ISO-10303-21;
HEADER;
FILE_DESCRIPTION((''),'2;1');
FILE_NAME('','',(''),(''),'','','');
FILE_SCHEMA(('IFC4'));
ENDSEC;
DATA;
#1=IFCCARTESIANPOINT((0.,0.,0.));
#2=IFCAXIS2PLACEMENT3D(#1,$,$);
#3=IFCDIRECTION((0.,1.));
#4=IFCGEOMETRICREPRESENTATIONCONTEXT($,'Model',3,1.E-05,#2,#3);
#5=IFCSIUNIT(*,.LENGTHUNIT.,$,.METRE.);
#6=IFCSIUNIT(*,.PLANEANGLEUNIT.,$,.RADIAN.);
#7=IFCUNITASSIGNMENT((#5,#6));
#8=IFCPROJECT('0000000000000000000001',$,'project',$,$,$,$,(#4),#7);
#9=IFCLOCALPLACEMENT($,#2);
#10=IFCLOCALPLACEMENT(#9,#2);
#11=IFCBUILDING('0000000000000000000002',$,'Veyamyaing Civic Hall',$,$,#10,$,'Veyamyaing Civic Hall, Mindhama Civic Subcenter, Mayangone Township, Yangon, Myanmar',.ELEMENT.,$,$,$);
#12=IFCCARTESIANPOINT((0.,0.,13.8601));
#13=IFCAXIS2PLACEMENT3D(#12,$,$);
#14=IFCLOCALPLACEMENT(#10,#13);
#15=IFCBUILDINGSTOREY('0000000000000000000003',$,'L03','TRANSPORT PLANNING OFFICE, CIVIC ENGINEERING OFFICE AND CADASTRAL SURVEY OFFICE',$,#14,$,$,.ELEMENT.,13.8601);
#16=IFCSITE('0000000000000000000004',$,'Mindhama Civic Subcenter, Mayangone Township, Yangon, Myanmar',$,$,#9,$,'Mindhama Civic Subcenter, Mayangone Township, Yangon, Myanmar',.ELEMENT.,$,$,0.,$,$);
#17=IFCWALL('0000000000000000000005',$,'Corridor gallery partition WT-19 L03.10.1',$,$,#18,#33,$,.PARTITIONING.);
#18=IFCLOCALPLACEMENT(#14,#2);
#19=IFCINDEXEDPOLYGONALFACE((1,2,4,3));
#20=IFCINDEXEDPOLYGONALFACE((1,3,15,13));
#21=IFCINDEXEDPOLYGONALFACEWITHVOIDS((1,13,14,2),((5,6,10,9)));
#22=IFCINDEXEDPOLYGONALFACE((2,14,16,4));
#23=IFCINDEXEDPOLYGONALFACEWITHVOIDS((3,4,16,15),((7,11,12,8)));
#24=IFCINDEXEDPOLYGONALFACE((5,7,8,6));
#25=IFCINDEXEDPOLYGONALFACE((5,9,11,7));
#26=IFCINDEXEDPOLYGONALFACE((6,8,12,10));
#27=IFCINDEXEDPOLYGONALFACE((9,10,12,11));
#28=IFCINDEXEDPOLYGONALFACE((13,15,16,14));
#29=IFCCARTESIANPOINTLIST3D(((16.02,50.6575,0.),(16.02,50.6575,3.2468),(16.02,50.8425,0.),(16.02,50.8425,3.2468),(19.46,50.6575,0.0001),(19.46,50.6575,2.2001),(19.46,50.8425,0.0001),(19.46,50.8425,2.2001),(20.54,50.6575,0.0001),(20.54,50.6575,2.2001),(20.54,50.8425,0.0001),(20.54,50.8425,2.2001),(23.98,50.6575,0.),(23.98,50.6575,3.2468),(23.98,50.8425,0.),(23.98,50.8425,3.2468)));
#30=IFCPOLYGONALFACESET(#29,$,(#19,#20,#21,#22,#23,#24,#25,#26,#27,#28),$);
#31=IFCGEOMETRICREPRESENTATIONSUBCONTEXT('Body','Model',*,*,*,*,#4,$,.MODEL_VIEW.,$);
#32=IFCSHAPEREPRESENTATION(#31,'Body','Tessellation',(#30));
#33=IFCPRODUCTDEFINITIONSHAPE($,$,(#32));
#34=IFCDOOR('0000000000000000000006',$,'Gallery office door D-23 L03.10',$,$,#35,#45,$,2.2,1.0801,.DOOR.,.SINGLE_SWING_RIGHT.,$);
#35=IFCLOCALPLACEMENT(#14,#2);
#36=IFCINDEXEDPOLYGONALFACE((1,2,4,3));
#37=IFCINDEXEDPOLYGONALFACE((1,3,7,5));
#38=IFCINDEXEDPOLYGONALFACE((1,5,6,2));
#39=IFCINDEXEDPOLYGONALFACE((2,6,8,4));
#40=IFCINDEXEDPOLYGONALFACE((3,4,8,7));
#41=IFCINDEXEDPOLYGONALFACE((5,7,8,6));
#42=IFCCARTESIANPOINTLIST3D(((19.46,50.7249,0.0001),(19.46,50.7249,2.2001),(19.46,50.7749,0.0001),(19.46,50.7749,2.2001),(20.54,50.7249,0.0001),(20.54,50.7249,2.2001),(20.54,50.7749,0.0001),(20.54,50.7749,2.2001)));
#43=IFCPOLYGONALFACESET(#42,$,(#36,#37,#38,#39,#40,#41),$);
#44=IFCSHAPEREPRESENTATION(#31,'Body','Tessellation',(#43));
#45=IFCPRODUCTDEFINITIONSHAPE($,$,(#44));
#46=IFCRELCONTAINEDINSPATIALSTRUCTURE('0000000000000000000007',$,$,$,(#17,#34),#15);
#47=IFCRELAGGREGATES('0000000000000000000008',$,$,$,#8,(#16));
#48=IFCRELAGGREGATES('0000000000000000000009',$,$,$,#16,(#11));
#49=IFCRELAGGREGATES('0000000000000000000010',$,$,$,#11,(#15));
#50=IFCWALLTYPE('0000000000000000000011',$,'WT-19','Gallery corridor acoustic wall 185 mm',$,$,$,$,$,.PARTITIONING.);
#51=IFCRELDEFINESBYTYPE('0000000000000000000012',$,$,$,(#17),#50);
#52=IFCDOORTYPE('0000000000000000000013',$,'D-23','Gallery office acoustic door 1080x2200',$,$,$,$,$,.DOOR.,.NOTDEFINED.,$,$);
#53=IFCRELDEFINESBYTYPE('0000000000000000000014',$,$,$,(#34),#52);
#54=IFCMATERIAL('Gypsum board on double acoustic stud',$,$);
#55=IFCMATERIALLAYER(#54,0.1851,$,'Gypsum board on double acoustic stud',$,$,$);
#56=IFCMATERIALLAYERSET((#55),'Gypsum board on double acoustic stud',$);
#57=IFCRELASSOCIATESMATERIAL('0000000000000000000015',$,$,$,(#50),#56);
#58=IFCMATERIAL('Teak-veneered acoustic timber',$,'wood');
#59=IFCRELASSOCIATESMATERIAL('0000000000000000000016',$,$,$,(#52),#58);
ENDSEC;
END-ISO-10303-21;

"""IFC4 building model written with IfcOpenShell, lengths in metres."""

from ifc_helpers import new_model, si_unit, direction, frame, frame_2d, origin, place, context, subcontext, project, spatial, rectangle, extrude, material, layer, layer_set, type_object, element, fill, save


model = new_model("IFC4")

# Units and contexts
model_context = context("Model", 3, precision=1e-05, world=origin(), true_north=direction((0.0, 1.0)))
body_context = subcontext(model_context, "Body", "Model", "MODEL_VIEW")
ifc_project = project(units=[si_unit("LENGTHUNIT", "METRE"), si_unit("PLANEANGLEUNIT", "RADIAN")], contexts=[model_context])

# Site, building, storey
site_placement = place(None, origin())
site = spatial("IfcSite", under=ifc_project, at=site_placement, Name="Mindhama Civic Subcenter, Mayangone Township, Yangon, Myanmar", LongName="Mindhama Civic Subcenter, Mayangone Township, Yangon, Myanmar", CompositionType="ELEMENT", RefElevation=0.0)
building_placement = place(site_placement, origin())
building = spatial("IfcBuilding", under=site, at=building_placement, Name="Veyamyaing Civic Hall", LongName="Veyamyaing Civic Hall, Mindhama Civic Subcenter, Mayangone Township, Yangon, Myanmar", CompositionType="ELEMENT")
storey_placement = place(building_placement, frame((0.0, 0.0, 13.8601)))
storey = spatial("IfcBuildingStorey", under=building, at=storey_placement, Name="L03", Description="TRANSPORT PLANNING OFFICE, CIVIC ENGINEERING OFFICE AND CADASTRAL SURVEY OFFICE", CompositionType="ELEMENT", Elevation=13.8601)

# Wall, opening, door
ifc_material_1 = material(Name="Gypsum board on double acoustic stud")
ifc_layer_1 = layer(ifc_material_1, 0.1851, Name="Gypsum board on double acoustic stud")
ifc_layer_set_1 = layer_set([ifc_layer_1], Name="Gypsum board on double acoustic stud")
wall_type_1 = type_object("IfcWallType", Name="WT-19", Description="Gallery corridor acoustic wall 185 mm", PredefinedType="PARTITIONING", material=ifc_layer_set_1)
wall_1_placement = place(storey_placement, frame((16.02, 50.75, 0.0), z_axis=(0.0, 0.0, 1.0), x_axis=(1.0, 0.0, 0.0)))
wall_1 = element("IfcWall", 1, at=wall_1_placement, inside=storey, type_object=wall_type_1, Name="Corridor gallery partition WT-19 L03.10.1", PredefinedType="PARTITIONING", context=body_context, shape_type="SweptSolid", body=[
    extrude(rectangle(XDim=7.96, YDim=0.1851, at=frame_2d((3.98, 0.0))), origin(), (0.0, 0.0, 1.0), 3.2468),
])
opening_placement = place(wall_1_placement, frame((3.4399, 0.0, 0.0)))
opening = element("IfcOpeningElement", 2, at=opening_placement, cuts=wall_1, PredefinedType="OPENING", context=body_context, shape_type="SweptSolid", body=[
    extrude(rectangle(XDim=1.0801, YDim=2.2, at=frame_2d((0.54, 1.1001))), frame((0.0, 0.1025, 0.0), z_axis=(0.0, -1.0, 0.0), x_axis=(1.0, 0.0, 0.0)), (0.0, 0.0, 1.0), 0.2051),
])
ifc_material_2 = material(Name="Teak-veneered acoustic timber", Category="wood")
door_type = type_object("IfcDoorType", Name="D-23", Description="Gallery office acoustic door 1080x2200", OperationType="NOTDEFINED", PredefinedType="DOOR", material=ifc_material_2)
door_placement = place(opening_placement, origin())
door = element("IfcDoor", 3, at=door_placement, inside=storey, type_object=door_type, Name="Gallery office door D-23 L03.10", OperationType="SINGLE_SWING_RIGHT", OverallHeight=2.2, OverallWidth=1.0801, PredefinedType="DOOR", context=body_context, shape_type="SweptSolid", body=[
    extrude(rectangle(XDim=1.0801, YDim=2.2, at=frame_2d((0.54, 1.1001))), frame((0.0, 0.0249, 0.0), z_axis=(0.0, -1.0, 0.0), x_axis=(1.0, 0.0, 0.0)), (0.0, 0.0, 1.0), 0.05),
])
fill(opening, door)

save(model, "model.ifc")
